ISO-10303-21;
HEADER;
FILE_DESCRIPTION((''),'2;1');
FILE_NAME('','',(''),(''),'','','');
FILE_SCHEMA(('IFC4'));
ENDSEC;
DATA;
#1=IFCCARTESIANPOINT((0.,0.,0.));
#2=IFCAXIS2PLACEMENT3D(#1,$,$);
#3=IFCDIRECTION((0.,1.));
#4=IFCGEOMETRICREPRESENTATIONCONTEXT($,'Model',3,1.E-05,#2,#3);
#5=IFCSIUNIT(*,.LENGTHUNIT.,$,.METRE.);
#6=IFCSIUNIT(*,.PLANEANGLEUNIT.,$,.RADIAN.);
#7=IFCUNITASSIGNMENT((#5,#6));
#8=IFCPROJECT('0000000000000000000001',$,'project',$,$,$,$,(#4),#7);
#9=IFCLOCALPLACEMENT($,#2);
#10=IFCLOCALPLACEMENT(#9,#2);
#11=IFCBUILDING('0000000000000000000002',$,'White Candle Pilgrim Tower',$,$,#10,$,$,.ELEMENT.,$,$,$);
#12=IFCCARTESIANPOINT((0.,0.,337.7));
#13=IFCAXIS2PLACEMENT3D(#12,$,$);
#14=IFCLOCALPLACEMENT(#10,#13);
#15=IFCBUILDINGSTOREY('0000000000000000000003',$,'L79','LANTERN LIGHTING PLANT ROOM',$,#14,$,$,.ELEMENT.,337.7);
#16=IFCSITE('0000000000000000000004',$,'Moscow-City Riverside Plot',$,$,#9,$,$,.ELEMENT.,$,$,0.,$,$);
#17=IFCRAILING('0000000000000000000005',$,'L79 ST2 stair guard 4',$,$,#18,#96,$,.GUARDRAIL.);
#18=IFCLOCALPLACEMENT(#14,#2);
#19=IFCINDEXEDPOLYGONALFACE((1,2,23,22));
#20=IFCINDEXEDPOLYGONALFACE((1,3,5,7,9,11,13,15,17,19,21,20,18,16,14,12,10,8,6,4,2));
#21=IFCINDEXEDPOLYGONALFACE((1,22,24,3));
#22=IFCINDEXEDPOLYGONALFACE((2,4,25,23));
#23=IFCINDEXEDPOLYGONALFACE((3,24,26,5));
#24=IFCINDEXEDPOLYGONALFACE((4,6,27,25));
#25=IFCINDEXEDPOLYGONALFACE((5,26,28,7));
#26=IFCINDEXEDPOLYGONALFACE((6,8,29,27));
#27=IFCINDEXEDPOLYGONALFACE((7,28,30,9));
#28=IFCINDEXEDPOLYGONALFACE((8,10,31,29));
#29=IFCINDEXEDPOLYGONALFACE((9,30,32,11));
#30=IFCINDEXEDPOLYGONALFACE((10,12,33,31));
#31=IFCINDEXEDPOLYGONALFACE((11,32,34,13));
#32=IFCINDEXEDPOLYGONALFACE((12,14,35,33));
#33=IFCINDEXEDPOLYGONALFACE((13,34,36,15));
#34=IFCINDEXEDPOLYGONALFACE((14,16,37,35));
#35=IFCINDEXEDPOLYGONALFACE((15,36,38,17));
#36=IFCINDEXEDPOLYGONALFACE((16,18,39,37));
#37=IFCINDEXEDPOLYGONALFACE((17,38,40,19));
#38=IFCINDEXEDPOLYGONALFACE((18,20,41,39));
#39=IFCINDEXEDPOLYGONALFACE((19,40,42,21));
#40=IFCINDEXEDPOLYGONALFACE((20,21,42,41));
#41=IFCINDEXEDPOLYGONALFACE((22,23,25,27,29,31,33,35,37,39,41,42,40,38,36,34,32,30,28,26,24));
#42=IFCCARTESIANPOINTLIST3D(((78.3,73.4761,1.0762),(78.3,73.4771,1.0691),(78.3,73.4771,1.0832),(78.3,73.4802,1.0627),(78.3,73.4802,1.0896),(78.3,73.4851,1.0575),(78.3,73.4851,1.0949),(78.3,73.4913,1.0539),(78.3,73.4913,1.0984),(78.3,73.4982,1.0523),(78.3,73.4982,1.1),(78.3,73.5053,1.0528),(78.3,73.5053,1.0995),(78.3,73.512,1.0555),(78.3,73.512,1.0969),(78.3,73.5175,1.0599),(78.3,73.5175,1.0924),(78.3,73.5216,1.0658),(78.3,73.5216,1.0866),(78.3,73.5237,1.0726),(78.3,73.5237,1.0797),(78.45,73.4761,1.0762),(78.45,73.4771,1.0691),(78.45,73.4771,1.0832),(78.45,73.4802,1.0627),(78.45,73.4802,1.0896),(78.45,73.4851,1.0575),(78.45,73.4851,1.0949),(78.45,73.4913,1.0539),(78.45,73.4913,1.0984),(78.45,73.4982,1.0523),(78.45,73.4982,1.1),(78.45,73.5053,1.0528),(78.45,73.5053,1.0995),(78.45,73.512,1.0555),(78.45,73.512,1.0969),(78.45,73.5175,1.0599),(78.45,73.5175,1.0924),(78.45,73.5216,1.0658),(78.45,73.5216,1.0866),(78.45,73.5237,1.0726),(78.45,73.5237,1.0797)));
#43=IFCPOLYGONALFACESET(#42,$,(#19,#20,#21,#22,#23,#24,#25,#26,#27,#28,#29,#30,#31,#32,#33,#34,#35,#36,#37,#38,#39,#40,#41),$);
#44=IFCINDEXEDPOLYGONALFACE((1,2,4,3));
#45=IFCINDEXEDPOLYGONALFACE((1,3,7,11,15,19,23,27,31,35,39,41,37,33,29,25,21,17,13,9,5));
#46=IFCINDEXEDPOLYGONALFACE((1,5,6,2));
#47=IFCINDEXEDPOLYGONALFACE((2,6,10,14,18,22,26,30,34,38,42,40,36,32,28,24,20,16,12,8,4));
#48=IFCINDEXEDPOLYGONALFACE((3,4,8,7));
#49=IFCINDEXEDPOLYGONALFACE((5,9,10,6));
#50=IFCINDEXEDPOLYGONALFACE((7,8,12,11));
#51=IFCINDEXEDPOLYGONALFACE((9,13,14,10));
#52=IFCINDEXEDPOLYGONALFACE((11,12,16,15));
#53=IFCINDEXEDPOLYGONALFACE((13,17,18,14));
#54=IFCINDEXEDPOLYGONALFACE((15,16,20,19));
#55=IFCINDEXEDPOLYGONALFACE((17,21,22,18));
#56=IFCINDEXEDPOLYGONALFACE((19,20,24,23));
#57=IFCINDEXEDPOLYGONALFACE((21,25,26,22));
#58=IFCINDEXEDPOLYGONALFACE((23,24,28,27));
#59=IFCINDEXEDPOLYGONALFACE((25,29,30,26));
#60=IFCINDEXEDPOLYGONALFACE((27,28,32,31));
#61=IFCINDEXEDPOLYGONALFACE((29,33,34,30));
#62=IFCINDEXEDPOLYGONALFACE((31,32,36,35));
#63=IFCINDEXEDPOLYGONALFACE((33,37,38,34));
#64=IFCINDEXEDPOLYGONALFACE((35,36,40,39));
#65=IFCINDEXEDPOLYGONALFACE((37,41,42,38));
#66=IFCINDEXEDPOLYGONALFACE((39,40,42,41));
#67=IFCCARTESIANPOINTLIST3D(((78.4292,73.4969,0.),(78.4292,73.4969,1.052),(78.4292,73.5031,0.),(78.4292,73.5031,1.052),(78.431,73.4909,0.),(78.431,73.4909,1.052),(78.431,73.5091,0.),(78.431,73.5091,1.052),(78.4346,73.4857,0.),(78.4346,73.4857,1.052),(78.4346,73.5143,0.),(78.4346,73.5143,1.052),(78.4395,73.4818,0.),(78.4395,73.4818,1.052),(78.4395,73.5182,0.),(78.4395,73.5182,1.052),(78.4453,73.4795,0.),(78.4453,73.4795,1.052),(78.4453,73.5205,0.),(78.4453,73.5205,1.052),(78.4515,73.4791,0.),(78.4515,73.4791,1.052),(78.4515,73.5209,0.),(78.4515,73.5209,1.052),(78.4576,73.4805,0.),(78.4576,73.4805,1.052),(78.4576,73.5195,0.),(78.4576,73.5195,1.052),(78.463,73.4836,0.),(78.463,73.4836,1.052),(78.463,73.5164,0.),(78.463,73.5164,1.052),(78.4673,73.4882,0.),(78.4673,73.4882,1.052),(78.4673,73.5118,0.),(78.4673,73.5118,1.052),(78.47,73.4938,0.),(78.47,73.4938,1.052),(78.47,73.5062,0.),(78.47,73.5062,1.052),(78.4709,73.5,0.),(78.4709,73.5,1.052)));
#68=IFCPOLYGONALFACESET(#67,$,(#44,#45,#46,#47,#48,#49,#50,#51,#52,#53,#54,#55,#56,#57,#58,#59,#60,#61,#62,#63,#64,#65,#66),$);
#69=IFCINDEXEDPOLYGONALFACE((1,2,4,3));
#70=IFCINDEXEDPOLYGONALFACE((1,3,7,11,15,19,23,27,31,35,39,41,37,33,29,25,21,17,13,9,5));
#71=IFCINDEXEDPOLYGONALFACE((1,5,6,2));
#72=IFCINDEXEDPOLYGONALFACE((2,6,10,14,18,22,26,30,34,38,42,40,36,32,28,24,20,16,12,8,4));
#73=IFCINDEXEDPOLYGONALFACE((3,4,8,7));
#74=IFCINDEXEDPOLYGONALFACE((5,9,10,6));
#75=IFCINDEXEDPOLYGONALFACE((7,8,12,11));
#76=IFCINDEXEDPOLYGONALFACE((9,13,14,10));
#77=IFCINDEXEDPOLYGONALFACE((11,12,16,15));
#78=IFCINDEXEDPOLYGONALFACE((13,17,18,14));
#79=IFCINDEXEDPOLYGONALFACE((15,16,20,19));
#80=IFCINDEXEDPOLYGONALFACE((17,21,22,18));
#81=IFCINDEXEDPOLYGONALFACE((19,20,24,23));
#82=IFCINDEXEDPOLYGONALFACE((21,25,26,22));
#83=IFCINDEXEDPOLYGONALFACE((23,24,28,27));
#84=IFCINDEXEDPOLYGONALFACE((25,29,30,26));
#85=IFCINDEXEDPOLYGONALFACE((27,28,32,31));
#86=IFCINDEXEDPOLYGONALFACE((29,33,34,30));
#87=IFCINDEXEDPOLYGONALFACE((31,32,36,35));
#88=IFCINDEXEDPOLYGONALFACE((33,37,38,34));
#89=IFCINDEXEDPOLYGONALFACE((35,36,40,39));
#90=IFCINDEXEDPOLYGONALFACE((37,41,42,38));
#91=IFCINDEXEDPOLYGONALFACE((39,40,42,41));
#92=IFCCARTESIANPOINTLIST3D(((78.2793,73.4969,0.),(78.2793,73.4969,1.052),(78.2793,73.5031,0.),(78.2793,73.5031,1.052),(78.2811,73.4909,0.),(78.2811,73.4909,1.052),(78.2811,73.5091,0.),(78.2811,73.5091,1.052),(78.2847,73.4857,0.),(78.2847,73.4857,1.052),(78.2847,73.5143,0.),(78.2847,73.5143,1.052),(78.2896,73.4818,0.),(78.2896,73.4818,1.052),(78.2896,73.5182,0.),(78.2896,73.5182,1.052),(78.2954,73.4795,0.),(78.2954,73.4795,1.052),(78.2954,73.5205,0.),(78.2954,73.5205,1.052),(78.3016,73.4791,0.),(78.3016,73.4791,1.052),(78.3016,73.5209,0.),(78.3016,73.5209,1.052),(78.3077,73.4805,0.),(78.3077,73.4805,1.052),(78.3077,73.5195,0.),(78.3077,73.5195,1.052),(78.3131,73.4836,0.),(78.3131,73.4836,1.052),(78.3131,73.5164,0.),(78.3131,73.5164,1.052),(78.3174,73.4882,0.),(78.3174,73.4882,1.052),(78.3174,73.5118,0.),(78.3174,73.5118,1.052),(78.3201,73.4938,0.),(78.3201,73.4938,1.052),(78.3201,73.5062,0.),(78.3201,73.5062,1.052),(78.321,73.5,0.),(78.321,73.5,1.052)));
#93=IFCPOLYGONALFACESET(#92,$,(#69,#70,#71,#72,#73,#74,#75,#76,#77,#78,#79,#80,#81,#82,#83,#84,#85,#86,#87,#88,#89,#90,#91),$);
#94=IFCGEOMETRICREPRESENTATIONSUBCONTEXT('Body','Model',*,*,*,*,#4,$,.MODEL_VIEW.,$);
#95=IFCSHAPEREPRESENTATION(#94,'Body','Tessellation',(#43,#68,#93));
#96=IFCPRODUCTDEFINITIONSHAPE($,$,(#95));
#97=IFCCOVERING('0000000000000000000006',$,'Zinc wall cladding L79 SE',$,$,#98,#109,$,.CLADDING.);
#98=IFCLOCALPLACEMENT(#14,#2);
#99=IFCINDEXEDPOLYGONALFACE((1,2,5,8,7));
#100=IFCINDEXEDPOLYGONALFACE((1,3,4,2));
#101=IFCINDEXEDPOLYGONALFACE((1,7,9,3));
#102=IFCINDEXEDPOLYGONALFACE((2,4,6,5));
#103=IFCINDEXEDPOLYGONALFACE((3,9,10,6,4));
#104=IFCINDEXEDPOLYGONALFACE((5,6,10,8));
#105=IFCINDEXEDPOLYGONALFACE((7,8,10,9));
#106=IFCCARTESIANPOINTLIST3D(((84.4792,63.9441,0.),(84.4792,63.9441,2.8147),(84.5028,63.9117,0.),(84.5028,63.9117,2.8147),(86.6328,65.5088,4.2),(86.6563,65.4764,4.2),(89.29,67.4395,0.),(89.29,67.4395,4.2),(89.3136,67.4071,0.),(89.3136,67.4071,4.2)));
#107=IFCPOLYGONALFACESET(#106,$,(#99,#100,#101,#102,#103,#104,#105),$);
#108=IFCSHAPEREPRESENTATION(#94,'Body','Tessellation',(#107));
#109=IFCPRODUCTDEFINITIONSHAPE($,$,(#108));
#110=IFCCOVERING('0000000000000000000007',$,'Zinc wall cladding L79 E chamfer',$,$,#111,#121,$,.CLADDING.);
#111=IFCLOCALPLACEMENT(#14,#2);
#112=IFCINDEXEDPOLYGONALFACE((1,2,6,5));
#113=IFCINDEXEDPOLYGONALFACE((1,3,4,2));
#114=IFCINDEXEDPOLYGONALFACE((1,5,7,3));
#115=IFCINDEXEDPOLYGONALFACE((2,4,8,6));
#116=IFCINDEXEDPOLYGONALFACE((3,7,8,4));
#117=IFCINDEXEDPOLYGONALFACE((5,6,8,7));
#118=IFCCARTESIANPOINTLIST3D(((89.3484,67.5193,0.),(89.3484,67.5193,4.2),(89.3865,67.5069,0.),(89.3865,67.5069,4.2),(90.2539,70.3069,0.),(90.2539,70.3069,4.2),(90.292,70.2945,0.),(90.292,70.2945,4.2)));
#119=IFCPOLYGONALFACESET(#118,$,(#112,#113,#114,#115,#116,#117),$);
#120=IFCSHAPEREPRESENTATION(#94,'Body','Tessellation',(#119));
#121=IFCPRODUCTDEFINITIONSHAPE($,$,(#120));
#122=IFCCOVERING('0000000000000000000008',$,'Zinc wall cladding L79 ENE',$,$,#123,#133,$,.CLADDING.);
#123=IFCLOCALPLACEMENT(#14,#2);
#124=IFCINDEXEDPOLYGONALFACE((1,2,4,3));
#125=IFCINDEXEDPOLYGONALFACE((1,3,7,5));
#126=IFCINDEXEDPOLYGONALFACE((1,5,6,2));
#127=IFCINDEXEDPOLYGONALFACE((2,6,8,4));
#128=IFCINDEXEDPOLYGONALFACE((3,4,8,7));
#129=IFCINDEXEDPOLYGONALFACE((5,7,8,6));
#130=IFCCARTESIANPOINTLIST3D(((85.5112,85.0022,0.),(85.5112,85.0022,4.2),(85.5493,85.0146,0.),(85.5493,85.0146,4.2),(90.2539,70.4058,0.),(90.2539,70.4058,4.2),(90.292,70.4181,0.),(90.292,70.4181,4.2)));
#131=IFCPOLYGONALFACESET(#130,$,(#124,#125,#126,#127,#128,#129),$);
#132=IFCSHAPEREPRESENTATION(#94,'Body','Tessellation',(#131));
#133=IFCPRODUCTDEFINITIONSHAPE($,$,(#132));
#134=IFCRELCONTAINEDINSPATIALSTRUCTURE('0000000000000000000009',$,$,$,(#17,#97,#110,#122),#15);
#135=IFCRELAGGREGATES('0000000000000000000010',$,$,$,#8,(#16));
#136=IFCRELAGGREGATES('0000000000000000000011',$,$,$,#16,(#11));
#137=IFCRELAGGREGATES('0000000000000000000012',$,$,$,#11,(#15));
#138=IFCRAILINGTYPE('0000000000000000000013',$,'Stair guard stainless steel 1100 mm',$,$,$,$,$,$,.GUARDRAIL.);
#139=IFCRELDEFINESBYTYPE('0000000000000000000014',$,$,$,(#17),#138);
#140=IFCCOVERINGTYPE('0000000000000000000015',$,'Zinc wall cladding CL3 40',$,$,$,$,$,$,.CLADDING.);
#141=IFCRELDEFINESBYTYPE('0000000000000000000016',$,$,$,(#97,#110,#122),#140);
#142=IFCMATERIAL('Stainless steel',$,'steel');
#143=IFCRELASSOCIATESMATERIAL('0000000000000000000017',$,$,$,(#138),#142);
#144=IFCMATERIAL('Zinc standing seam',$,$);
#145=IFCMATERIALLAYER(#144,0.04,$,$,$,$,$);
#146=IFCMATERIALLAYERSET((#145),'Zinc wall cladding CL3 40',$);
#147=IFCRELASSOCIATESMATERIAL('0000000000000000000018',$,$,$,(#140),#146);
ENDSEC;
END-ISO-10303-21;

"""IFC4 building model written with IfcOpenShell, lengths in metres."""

from ifc_helpers import new_model, si_unit, direction, frame, origin, origin_2d, place, context, subcontext, project, spatial, polyline, circle, outline, extrude, material, layer, layer_set, type_object, element, save


model = new_model("IFC4")

# Units and contexts
model_context = context("Model", 3, precision=1e-05, world=origin(), true_north=direction((0.0, 1.0)))
body_context = subcontext(model_context, "Body", "Model", "MODEL_VIEW")
ifc_project = project(units=[si_unit("LENGTHUNIT", "METRE"), si_unit("PLANEANGLEUNIT", "RADIAN")], contexts=[model_context])

# Site, building, storey
site_placement = place(None, origin())
site = spatial("IfcSite", under=ifc_project, at=site_placement, Name="Moscow-City Riverside Plot", CompositionType="ELEMENT", RefElevation=0.0)
building_placement = place(site_placement, origin())
building = spatial("IfcBuilding", under=site, at=building_placement, Name="White Candle Pilgrim Tower", CompositionType="ELEMENT")
storey_placement = place(building_placement, frame((0.0, 0.0, 337.7)))
storey = spatial("IfcBuildingStorey", under=building, at=storey_placement, Name="L79", Description="LANTERN LIGHTING PLANT ROOM", CompositionType="ELEMENT", Elevation=337.7)

# Shared definitions
ifc_material_1 = material(Name="Zinc standing seam")

# Railing
ifc_material_2 = material(Name="Stainless steel", Category="steel")
railing_type = type_object("IfcRailingType", Name="Stair guard stainless steel 1100 mm", PredefinedType="GUARDRAIL", material=ifc_material_2)
railing_1_placement = place(storey_placement, frame((78.45, 73.5, 0.0)))
element("IfcRailing", 1, at=railing_1_placement, inside=storey, type_object=railing_type, Name="L79 ST2 stair guard 4", PredefinedType="GUARDRAIL", context=body_context, shape_type="SweptSolid", body=[
    extrude(circle(Radius=0.0239, at=origin_2d()), frame((0.0, 0.0, 1.0762), z_axis=(-1.0, 0.0, 0.0), x_axis=(0.0, -1.0, 0.0)), (0.0, 0.0, 1.0), 0.1499),
    extrude(circle(Radius=0.021, at=origin_2d()), origin(), (0.0, 0.0, 1.0), 1.052),
    extrude(circle(Radius=0.021, at=origin_2d()), frame((-0.1499, 0.0, 0.0)), (0.0, 0.0, 1.0), 1.052),
])

# Coverings
ifc_layer_1 = layer(ifc_material_1, 0.04)
ifc_layer_set_1 = layer_set([ifc_layer_1], Name="Zinc wall cladding CL3 40")
covering_type_1 = type_object("IfcCoveringType", Name="Zinc wall cladding CL3 40", PredefinedType="CLADDING", material=ifc_layer_set_1)
covering_1_placement = place(storey_placement, frame((84.4792, 63.9441, 2.8147), z_axis=(-0.587798, 0.809007, 0.000001), x_axis=(0.717652, 0.521422, 0.461622)))
element("IfcCovering", 2, at=covering_1_placement, inside=storey, type_object=covering_type_1, Name="Zinc wall cladding L79 SE", PredefinedType="CLADDING", context=body_context, shape_type="SweptSolid", body=[
    extrude(outline(polyline([(0.0, 0.0), (3.0008, 0.0), (5.9145, 1.5162), (3.9757, 5.2419), (-1.2993, 2.4969), (0.0, 0.0)])), origin(), (0.0, 0.0, -1.0), 0.04),
])
covering_2_placement = place(storey_placement, frame((89.3484, 67.5193, 4.2), z_axis=(-0.951079, 0.308947, 0.0), x_axis=(0.308947, 0.951079, 0.0)))
element("IfcCovering", 3, at=covering_2_placement, inside=storey, type_object=covering_type_1, Name="Zinc wall cladding L79 E chamfer", PredefinedType="CLADDING", context=body_context, shape_type="SweptSolid", body=[
    extrude(outline(polyline([(0.0, 0.0), (2.931, 0.0), (2.931, 4.2), (0.0, 4.2), (0.0, 0.0)])), origin(), (0.0, 0.0, -1.0), 0.04),
])
covering_3_placement = place(storey_placement, frame((90.2539, 70.4058, 4.2), z_axis=(-0.951056, -0.309017, 0.0), x_axis=(-0.309017, 0.951056, 0.0)))
element("IfcCovering", 4, at=covering_3_placement, inside=storey, type_object=covering_type_1, Name="Zinc wall cladding L79 ENE", PredefinedType="CLADDING", context=body_context, shape_type="SweptSolid", body=[
    extrude(outline(polyline([(0.0, 0.0), (15.3476, 0.0), (15.3476, 4.2), (0.0, 4.2), (0.0, 0.0)])), origin(), (0.0, 0.0, -1.0), 0.04),
])

save(model, "model.ifc")
